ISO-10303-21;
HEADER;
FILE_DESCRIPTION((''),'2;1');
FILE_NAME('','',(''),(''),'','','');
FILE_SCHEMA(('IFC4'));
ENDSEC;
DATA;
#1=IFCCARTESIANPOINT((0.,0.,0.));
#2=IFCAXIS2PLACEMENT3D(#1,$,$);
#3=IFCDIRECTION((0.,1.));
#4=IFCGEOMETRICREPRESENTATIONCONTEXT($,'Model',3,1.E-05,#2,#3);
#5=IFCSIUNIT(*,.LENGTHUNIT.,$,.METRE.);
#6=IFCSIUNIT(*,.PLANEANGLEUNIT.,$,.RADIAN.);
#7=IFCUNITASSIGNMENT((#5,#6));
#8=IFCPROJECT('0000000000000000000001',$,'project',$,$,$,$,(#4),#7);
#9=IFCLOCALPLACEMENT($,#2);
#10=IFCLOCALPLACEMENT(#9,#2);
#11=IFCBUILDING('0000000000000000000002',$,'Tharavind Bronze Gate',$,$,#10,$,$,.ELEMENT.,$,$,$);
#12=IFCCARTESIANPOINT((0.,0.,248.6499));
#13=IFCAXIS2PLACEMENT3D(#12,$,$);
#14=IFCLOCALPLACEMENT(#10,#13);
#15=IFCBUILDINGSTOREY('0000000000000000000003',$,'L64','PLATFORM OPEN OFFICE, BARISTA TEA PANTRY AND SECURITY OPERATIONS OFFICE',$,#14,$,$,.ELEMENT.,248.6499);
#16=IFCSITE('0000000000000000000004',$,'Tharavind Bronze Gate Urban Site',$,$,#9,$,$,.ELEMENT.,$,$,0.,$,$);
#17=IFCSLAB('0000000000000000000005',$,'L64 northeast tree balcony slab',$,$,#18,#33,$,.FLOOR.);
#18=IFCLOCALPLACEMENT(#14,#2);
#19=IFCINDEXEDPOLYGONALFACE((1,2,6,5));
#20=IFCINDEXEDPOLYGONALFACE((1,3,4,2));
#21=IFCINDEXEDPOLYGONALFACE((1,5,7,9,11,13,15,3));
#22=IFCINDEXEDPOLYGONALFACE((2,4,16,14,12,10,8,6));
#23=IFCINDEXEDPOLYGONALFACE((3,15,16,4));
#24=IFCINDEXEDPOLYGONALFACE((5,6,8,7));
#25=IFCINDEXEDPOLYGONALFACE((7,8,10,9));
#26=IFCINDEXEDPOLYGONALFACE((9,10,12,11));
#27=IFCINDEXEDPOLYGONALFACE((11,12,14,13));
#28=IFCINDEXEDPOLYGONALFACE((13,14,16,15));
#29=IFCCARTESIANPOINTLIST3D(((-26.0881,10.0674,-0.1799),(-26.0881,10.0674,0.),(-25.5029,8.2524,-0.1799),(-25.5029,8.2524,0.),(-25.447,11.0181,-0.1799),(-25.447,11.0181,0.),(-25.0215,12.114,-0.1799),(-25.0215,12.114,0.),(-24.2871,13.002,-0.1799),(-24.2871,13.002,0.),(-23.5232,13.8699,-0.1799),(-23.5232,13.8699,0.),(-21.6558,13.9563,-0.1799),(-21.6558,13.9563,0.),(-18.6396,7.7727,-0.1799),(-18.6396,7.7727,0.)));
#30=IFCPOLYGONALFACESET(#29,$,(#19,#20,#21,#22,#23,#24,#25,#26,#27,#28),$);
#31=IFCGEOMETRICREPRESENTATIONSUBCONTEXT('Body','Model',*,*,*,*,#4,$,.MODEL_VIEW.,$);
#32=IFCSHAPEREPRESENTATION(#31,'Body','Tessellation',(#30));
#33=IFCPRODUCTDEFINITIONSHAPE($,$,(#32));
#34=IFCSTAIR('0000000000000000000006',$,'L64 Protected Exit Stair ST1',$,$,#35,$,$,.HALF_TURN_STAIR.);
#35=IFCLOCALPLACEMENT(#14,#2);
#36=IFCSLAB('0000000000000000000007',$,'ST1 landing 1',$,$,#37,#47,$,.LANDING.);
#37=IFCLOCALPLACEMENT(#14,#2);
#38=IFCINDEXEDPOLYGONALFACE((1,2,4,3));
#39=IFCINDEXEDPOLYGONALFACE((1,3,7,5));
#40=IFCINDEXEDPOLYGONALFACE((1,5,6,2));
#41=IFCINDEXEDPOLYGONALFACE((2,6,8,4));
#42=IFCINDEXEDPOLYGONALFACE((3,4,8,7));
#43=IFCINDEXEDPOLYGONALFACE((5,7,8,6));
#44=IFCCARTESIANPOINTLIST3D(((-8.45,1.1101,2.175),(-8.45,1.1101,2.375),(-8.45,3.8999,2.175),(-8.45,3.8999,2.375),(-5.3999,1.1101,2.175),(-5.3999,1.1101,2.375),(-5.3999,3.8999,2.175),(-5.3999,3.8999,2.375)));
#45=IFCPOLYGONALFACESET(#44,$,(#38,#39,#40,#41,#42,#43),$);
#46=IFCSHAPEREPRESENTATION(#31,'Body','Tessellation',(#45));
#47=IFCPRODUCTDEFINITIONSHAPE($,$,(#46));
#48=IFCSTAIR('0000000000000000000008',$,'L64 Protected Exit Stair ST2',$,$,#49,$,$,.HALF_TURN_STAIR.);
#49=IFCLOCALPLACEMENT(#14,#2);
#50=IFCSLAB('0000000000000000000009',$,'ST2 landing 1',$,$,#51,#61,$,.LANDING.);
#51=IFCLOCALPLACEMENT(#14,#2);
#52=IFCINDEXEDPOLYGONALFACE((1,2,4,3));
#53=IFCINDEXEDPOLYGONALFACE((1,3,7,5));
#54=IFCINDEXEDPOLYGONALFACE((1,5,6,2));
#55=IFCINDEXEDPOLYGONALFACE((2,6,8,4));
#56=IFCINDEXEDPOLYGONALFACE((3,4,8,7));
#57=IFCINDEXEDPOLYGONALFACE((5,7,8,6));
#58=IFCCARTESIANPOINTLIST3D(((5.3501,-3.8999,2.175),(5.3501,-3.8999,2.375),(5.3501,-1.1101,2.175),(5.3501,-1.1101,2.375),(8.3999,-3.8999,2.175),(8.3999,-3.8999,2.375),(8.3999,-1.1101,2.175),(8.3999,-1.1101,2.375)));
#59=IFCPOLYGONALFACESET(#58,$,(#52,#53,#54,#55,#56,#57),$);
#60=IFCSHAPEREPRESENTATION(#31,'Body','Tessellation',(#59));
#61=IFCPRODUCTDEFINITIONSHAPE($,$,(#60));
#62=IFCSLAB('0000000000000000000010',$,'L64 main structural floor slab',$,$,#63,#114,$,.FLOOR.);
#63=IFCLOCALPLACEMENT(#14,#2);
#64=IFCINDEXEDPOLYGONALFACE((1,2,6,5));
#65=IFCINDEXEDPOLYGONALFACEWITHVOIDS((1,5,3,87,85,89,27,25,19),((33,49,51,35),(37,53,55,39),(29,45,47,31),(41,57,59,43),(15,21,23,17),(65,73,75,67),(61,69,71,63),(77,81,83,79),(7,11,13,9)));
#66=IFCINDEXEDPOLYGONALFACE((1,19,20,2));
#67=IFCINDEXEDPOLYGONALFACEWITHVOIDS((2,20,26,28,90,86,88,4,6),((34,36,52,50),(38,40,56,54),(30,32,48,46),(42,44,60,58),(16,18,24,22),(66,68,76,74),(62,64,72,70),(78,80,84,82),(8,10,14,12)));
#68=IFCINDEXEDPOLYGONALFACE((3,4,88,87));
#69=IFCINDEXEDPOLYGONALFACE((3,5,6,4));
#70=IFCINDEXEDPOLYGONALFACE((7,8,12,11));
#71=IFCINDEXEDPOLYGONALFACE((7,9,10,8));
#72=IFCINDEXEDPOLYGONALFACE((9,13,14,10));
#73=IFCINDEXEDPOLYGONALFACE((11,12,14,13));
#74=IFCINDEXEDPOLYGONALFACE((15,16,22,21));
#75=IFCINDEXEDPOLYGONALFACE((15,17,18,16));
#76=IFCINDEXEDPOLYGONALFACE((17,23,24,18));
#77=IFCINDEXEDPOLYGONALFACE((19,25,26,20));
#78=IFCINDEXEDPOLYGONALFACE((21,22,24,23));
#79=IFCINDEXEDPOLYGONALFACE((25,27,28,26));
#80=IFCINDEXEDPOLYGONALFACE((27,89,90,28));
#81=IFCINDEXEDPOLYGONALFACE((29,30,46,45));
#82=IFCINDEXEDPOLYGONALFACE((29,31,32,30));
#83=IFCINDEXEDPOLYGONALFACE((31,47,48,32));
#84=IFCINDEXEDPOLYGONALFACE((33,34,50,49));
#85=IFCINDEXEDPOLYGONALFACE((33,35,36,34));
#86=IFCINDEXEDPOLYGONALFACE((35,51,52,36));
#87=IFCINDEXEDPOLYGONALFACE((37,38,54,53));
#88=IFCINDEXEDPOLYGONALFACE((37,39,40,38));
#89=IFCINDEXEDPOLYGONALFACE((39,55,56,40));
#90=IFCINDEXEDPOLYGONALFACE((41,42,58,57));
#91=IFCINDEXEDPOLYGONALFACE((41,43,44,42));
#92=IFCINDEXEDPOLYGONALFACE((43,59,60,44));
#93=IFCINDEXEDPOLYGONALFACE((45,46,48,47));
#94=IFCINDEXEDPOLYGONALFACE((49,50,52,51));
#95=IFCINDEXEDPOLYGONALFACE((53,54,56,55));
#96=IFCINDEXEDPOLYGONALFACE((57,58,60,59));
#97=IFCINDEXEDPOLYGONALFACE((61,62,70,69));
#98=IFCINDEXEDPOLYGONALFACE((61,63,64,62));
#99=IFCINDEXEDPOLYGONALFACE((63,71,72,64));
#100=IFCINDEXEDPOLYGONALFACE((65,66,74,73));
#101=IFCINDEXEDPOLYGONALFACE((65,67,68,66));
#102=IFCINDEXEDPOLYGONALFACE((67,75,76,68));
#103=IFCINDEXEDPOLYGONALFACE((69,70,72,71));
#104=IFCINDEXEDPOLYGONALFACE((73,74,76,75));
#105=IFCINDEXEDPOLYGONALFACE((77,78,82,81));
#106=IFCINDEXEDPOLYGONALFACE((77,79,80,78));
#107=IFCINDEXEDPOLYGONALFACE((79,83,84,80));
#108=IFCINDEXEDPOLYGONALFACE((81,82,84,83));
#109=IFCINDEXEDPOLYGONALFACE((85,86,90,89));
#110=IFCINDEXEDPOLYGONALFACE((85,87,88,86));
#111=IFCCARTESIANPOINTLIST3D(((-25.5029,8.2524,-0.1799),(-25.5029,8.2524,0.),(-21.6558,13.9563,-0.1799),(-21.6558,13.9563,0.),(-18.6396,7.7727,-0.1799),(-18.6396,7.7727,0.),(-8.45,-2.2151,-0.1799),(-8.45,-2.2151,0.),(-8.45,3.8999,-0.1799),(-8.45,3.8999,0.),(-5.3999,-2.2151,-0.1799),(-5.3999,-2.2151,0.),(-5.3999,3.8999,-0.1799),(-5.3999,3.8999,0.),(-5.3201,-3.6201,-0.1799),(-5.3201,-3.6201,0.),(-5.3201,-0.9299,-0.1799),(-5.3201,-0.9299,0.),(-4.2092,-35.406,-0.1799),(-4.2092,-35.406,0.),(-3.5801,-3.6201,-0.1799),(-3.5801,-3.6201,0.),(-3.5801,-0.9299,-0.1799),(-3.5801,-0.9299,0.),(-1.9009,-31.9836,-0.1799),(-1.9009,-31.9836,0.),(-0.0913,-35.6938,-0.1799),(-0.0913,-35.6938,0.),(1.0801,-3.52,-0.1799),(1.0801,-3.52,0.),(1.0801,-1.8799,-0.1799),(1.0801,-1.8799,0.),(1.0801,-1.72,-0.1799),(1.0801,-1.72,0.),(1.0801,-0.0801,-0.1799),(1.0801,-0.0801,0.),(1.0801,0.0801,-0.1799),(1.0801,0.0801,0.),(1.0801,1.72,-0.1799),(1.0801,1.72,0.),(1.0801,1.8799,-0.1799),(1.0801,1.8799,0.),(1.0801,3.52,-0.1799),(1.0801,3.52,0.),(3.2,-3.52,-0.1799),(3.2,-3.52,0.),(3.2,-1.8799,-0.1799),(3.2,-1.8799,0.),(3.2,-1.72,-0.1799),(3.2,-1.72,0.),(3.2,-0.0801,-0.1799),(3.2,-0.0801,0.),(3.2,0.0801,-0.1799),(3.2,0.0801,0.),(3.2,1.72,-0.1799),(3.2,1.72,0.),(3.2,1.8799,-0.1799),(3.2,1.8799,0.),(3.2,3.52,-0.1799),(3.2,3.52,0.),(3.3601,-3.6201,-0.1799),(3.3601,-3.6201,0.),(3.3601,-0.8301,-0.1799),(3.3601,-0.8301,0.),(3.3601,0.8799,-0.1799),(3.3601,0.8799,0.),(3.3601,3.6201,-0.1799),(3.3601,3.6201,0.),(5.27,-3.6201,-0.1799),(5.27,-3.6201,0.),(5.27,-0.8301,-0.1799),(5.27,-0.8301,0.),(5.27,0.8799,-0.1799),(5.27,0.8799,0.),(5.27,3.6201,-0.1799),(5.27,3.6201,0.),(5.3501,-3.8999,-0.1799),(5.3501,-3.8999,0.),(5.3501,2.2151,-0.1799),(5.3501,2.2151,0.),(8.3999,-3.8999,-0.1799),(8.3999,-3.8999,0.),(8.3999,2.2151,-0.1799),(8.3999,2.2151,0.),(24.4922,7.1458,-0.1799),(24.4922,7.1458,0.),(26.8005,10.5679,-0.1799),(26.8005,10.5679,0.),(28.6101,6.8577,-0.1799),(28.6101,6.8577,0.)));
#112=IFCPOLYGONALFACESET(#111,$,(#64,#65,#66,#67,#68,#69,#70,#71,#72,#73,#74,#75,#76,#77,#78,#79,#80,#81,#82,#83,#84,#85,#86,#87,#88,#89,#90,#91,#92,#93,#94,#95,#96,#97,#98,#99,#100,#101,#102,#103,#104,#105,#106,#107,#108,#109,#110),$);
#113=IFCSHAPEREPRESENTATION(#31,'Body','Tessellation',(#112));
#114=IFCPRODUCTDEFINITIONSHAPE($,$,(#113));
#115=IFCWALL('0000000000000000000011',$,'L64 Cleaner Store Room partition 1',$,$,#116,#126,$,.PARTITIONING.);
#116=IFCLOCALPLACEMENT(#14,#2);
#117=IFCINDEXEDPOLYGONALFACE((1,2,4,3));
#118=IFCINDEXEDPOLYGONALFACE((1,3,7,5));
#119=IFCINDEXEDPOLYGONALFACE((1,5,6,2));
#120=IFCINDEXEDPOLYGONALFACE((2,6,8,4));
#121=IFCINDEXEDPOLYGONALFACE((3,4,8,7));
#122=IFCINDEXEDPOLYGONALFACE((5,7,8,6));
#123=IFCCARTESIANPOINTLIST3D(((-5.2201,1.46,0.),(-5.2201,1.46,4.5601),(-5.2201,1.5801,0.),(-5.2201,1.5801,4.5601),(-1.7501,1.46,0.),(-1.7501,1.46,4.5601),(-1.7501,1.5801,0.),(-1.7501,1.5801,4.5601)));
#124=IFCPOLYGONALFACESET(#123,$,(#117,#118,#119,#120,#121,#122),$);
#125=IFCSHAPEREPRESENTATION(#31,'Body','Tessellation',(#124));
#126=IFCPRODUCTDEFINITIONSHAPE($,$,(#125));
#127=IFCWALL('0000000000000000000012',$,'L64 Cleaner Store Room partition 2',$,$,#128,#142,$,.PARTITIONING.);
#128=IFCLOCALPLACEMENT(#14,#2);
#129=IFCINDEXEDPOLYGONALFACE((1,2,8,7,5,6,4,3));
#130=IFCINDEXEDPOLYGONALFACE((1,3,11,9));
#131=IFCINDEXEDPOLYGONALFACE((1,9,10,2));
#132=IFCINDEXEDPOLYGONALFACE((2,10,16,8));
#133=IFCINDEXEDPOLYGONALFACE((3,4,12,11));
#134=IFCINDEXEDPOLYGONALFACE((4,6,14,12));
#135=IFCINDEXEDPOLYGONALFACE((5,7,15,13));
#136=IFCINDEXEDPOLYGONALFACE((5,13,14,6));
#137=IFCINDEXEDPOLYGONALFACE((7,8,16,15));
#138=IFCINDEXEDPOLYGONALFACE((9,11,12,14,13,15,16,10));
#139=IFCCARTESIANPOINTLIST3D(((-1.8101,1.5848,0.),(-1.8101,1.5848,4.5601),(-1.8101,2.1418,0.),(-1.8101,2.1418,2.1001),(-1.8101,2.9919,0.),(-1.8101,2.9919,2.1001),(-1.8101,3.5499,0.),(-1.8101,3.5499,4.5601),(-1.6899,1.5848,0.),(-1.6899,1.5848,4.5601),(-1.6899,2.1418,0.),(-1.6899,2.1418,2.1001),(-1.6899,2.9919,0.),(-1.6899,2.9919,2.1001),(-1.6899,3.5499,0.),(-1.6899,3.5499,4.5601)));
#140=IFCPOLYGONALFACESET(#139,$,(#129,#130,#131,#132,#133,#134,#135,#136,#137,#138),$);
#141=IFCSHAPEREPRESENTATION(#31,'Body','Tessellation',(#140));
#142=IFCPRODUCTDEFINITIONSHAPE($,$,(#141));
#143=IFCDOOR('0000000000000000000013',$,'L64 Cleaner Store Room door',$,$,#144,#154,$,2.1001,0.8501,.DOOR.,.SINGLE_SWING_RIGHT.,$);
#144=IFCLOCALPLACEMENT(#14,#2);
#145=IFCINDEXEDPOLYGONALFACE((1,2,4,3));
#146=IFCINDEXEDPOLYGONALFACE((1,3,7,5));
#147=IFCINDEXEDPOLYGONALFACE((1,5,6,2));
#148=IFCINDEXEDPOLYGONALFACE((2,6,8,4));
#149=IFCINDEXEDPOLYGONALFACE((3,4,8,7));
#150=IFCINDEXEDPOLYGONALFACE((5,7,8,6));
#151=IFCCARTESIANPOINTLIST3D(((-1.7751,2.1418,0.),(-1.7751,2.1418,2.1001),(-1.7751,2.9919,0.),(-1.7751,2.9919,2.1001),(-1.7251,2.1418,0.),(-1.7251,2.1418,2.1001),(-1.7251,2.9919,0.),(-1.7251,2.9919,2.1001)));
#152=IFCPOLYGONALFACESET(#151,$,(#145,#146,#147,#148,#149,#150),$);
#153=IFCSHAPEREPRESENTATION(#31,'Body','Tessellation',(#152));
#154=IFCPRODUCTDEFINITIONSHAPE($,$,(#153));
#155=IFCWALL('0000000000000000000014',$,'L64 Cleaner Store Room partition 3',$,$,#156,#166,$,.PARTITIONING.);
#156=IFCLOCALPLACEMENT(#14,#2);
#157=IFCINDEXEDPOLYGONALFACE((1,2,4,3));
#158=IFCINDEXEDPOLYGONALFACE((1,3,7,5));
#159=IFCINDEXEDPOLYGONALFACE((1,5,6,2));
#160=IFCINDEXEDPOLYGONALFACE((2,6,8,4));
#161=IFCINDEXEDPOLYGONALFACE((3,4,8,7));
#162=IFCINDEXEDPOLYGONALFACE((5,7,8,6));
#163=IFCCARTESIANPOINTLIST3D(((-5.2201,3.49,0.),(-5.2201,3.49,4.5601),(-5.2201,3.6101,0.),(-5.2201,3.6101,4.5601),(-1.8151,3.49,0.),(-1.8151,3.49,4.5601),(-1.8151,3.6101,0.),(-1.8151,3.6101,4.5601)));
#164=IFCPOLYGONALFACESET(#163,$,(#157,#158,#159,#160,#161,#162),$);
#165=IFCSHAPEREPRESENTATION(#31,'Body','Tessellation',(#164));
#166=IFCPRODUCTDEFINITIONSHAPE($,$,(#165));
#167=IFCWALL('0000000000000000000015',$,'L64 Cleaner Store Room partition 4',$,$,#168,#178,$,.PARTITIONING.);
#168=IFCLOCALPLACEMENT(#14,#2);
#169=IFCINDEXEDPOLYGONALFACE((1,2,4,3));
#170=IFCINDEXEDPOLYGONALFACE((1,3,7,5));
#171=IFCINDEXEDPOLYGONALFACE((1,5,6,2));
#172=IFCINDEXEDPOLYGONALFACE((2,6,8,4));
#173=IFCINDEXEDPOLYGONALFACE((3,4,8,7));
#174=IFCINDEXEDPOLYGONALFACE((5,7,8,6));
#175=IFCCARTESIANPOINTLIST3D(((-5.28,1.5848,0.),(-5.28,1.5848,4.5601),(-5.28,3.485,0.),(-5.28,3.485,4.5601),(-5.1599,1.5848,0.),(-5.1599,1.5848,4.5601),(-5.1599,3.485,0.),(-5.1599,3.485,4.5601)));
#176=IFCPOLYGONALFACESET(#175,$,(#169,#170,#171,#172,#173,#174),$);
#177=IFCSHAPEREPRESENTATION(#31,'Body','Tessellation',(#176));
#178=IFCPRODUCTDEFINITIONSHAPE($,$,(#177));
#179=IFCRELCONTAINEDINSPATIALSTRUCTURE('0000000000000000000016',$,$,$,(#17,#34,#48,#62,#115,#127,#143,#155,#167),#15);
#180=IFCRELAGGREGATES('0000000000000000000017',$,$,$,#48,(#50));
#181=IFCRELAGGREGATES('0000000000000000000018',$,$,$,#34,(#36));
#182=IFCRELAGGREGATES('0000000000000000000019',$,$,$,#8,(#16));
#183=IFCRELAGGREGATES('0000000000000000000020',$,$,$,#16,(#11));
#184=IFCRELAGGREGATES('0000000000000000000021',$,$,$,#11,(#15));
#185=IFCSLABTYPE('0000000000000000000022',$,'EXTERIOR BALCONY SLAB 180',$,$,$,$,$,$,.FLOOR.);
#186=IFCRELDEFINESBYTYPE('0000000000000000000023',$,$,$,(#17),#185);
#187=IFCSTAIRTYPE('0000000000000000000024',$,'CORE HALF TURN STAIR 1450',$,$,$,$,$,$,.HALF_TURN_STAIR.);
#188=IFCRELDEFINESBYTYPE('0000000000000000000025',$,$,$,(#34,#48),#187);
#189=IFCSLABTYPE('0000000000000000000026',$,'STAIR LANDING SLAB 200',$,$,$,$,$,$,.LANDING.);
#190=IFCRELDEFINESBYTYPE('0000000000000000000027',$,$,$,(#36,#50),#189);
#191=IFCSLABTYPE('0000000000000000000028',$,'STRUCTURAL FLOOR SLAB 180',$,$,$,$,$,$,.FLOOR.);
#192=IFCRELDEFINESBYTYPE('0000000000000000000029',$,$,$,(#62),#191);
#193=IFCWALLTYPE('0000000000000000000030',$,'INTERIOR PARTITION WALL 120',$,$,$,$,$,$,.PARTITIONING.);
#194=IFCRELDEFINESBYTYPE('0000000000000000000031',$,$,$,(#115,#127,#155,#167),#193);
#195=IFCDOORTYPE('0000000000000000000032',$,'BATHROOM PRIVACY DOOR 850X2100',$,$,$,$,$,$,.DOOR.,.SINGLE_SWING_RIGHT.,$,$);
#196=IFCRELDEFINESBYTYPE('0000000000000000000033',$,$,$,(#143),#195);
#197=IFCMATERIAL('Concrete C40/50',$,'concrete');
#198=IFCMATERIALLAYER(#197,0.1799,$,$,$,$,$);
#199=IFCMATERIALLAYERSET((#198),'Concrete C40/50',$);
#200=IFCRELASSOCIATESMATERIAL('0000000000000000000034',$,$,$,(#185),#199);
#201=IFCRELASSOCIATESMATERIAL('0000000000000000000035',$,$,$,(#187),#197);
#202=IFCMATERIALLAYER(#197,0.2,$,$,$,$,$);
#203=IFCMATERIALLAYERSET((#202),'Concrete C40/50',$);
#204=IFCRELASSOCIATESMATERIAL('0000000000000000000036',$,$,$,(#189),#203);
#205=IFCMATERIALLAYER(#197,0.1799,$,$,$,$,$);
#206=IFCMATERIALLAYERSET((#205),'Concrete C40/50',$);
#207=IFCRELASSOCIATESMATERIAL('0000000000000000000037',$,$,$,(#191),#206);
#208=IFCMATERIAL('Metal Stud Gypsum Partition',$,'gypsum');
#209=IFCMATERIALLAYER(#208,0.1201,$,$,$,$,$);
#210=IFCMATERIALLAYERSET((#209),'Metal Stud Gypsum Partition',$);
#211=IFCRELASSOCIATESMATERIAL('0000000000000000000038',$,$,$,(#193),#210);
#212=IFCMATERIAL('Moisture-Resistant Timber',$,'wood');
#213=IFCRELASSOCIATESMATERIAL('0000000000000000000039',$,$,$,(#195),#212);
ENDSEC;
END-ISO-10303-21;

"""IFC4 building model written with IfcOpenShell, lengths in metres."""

from ifc_helpers import new_model, si_unit, direction, frame, frame_2d, origin, place, context, subcontext, project, spatial, polyline, rectangle, outline, extrude, material, layer, layer_set, type_object, element, fill, aggregate, save


model = new_model("IFC4")

# Units and contexts
model_context = context("Model", 3, precision=1e-05, world=origin(), true_north=direction((0.0, 1.0)))
body_context = subcontext(model_context, "Body", "Model", "MODEL_VIEW")
ifc_project = project(units=[si_unit("LENGTHUNIT", "METRE"), si_unit("PLANEANGLEUNIT", "RADIAN")], contexts=[model_context])

# Site, building, storey
site_placement = place(None, origin())
site = spatial("IfcSite", under=ifc_project, at=site_placement, Name="Tharavind Bronze Gate Urban Site", CompositionType="ELEMENT", RefElevation=0.0)
building_placement = place(site_placement, origin())
building = spatial("IfcBuilding", under=site, at=building_placement, Name="Tharavind Bronze Gate", CompositionType="ELEMENT")
storey_placement = place(building_placement, frame((0.0, 0.0, 248.6499)))
storey = spatial("IfcBuildingStorey", under=building, at=storey_placement, Name="L64", Description="PLATFORM OPEN OFFICE, BARISTA TEA PANTRY AND SECURITY OPERATIONS OFFICE", CompositionType="ELEMENT", Elevation=248.6499)

# Slab
ifc_material_1 = material(Name="Concrete C40/50", Category="concrete")
ifc_layer_1 = layer(ifc_material_1, 0.1799)
ifc_layer_set_1 = layer_set([ifc_layer_1], Name="Concrete C40/50")
slab_type_1 = type_object("IfcSlabType", Name="EXTERIOR BALCONY SLAB 180", PredefinedType="FLOOR", material=ifc_layer_set_1)
slab_1_placement = place(storey_placement, frame((0.0, 0.0, -0.1799)))
element("IfcSlab", 1, at=slab_1_placement, inside=storey, type_object=slab_type_1, Name="L64 northeast tree balcony slab", PredefinedType="FLOOR", context=body_context, shape_type="SweptSolid", body=[
    extrude(outline(polyline([(-23.5232, 13.8699), (-24.2871, 13.002), (-25.0215, 12.114), (-25.447, 11.0181), (-26.0881, 10.0674), (-25.5029, 8.2524), (-18.6396, 7.7727), (-21.6558, 13.9563), (-23.5232, 13.8699)])), origin(), (0.0, 0.0, 1.0), 0.1799),
])

# Stairs, slabs
stair_type = type_object("IfcStairType", Name="CORE HALF TURN STAIR 1450", PredefinedType="HALF_TURN_STAIR", material=ifc_material_1)
stair_1_placement = place(storey_placement, origin())
stair_1 = element("IfcStair", 2, at=stair_1_placement, inside=storey, type_object=stair_type, Name="L64 Protected Exit Stair ST1", PredefinedType="HALF_TURN_STAIR")
ifc_layer_2 = layer(ifc_material_1, 0.2)
ifc_layer_set_2 = layer_set([ifc_layer_2], Name="Concrete C40/50")
slab_type_2 = type_object("IfcSlabType", Name="STAIR LANDING SLAB 200", PredefinedType="LANDING", material=ifc_layer_set_2)
slab_2_placement = place(storey_placement, frame((0.0, 0.0, 2.175)))
slab_2 = element("IfcSlab", 3, at=slab_2_placement, type_object=slab_type_2, Name="ST1 landing 1", PredefinedType="LANDING", context=body_context, shape_type="SweptSolid", body=[
    extrude(outline(polyline([(-5.3999, 1.1101), (-5.3999, 3.8999), (-8.45, 3.8999), (-8.45, 1.1101), (-5.3999, 1.1101)])), origin(), (0.0, 0.0, 1.0), 0.2),
])
stair_2_placement = place(storey_placement, origin())
stair_2 = element("IfcStair", 4, at=stair_2_placement, inside=storey, type_object=stair_type, Name="L64 Protected Exit Stair ST2", PredefinedType="HALF_TURN_STAIR")
slab_3_placement = place(storey_placement, frame((0.0, 0.0, 2.175)))
slab_3 = element("IfcSlab", 5, at=slab_3_placement, type_object=slab_type_2, Name="ST2 landing 1", PredefinedType="LANDING", context=body_context, shape_type="SweptSolid", body=[
    extrude(outline(polyline([(5.3501, -1.1101), (5.3501, -3.8999), (8.3999, -3.8999), (8.3999, -1.1101), (5.3501, -1.1101)])), origin(), (0.0, 0.0, 1.0), 0.2),
])
aggregate(stair_2, [slab_3])

# Slab
ifc_layer_3 = layer(ifc_material_1, 0.1799)
ifc_layer_set_3 = layer_set([ifc_layer_3], Name="Concrete C40/50")
slab_type_3 = type_object("IfcSlabType", Name="STRUCTURAL FLOOR SLAB 180", PredefinedType="FLOOR", material=ifc_layer_set_3)
slab_4_placement = place(storey_placement, frame((0.0, 0.0, -0.1799)))
element("IfcSlab", 6, at=slab_4_placement, inside=storey, type_object=slab_type_3, Name="L64 main structural floor slab", PredefinedType="FLOOR", context=body_context, shape_type="SweptSolid", body=[
    extrude(outline(polyline([(-21.6558, 13.9563), (-18.6396, 7.7727), (-25.5029, 8.2524), (-4.2092, -35.406), (-1.9009, -31.9836), (-0.0913, -35.6938), (28.6101, 6.8577), (24.4922, 7.1458), (26.8005, 10.5679), (-21.6558, 13.9563)]), holes=[polyline([(-5.3999, -2.2151), (-5.3999, 3.8999), (-8.45, 3.8999), (-8.45, -2.2151), (-5.3999, -2.2151)]), polyline([(5.3501, 2.2151), (5.3501, -3.8999), (8.3999, -3.8999), (8.3999, 2.2151), (5.3501, 2.2151)]), polyline([(1.0801, -3.52), (3.2, -3.52), (3.2, -1.8799), (1.0801, -1.8799), (1.0801, -3.52)]), polyline([(1.0801, -1.72), (3.2, -1.72), (3.2, -0.0801), (1.0801, -0.0801), (1.0801, -1.72)]), polyline([(1.0801, 0.0801), (3.2, 0.0801), (3.2, 1.72), (1.0801, 1.72), (1.0801, 0.0801)]), polyline([(1.0801, 1.8799), (3.2, 1.8799), (3.2, 3.52), (1.0801, 3.52), (1.0801, 1.8799)]), polyline([(-5.3201, -3.6201), (-3.5801, -3.6201), (-3.5801, -0.9299), (-5.3201, -0.9299), (-5.3201, -3.6201)]), polyline([(3.3601, 0.8799), (5.27, 0.8799), (5.27, 3.6201), (3.3601, 3.6201), (3.3601, 0.8799)]), polyline([(3.3601, -3.6201), (5.27, -3.6201), (5.27, -0.8301), (3.3601, -0.8301), (3.3601, -3.6201)])]), origin(), (0.0, 0.0, 1.0), 0.1799),
])

# Wall
ifc_material_2 = material(Name="Metal Stud Gypsum Partition", Category="gypsum")
ifc_layer_4 = layer(ifc_material_2, 0.1201)
ifc_layer_set_4 = layer_set([ifc_layer_4], Name="Metal Stud Gypsum Partition")
wall_type_1 = type_object("IfcWallType", Name="INTERIOR PARTITION WALL 120", PredefinedType="PARTITIONING", material=ifc_layer_set_4)
wall_1_placement = place(storey_placement, frame((-5.22, 1.52, 0.0), z_axis=(0.0, 0.0, 1.0), x_axis=(1.0, 0.0, 0.0)))
element("IfcWall", 7, at=wall_1_placement, inside=storey, type_object=wall_type_1, Name="L64 Cleaner Store Room partition 1", PredefinedType="PARTITIONING", context=body_context, shape_type="SweptSolid", body=[
    extrude(rectangle(XDim=3.47, YDim=0.1201, at=frame_2d((1.7349, 0.0))), origin(), (0.0, 0.0, 1.0), 4.5601),
])

# Wall, opening, door
wall_2_placement = place(storey_placement, frame((-1.75, 1.585, 0.0), z_axis=(0.0, 0.0, 1.0), x_axis=(0.0, 1.0, 0.0)))
wall_2 = element("IfcWall", 8, at=wall_2_placement, inside=storey, type_object=wall_type_1, Name="L64 Cleaner Store Room partition 2", PredefinedType="PARTITIONING", context=body_context, shape_type="SweptSolid", body=[
    extrude(rectangle(XDim=1.9651, YDim=0.1201, at=frame_2d((0.9824, 0.0))), origin(), (0.0, 0.0, 1.0), 4.5601),
])
opening_placement = place(wall_2_placement, frame((0.5569, 0.0, 0.0)))
opening = element("IfcOpeningElement", 9, at=opening_placement, cuts=wall_2, PredefinedType="OPENING", context=body_context, shape_type="SweptSolid", body=[
    extrude(rectangle(XDim=0.8501, YDim=2.1001, at=frame_2d((0.425, 1.05))), frame((0.0, 0.0701, 0.0), z_axis=(0.0, -1.0, 0.0), x_axis=(1.0, 0.0, 0.0)), (0.0, 0.0, 1.0), 0.1401),
])
ifc_material_3 = material(Name="Moisture-Resistant Timber", Category="wood")
door_type = type_object("IfcDoorType", Name="BATHROOM PRIVACY DOOR 850X2100", OperationType="SINGLE_SWING_RIGHT", PredefinedType="DOOR", material=ifc_material_3)
door_placement = place(opening_placement, frame((0.8501, 0.0, 0.0), z_axis=(0.0, 0.0, 1.0), x_axis=(-1.0, 0.0, 0.0)))
door = element("IfcDoor", 10, at=door_placement, inside=storey, type_object=door_type, Name="L64 Cleaner Store Room door", OperationType="SINGLE_SWING_RIGHT", OverallHeight=2.1001, OverallWidth=0.8501, PredefinedType="DOOR", context=body_context, shape_type="SweptSolid", body=[
    extrude(rectangle(XDim=0.8501, YDim=2.1001, at=frame_2d((0.425, 1.05))), frame((0.0, 0.0249, 0.0), z_axis=(0.0, -1.0, 0.0), x_axis=(1.0, 0.0, 0.0)), (0.0, 0.0, 1.0), 0.05),
])
fill(opening, door)

# Walls
wall_3_placement = place(storey_placement, frame((-1.8149, 3.55, 0.0), z_axis=(0.0, 0.0, 1.0), x_axis=(-1.0, 0.0, 0.0)))
element("IfcWall", 11, at=wall_3_placement, inside=storey, type_object=wall_type_1, Name="L64 Cleaner Store Room partition 3", PredefinedType="PARTITIONING", context=body_context, shape_type="SweptSolid", body=[
    extrude(rectangle(XDim=3.405, YDim=0.1201, at=frame_2d((1.7026, 0.0))), origin(), (0.0, 0.0, 1.0), 4.5601),
])
wall_4_placement = place(storey_placement, frame((-5.22, 3.4851, 0.0), z_axis=(0.0, 0.0, 1.0), x_axis=(0.0, -1.0, 0.0)))
element("IfcWall", 12, at=wall_4_placement, inside=storey, type_object=wall_type_1, Name="L64 Cleaner Store Room partition 4", PredefinedType="PARTITIONING", context=body_context, shape_type="SweptSolid", body=[
    extrude(rectangle(XDim=1.9001, YDim=0.1201, at=frame_2d((0.9502, 0.0))), origin(), (0.0, 0.0, 1.0), 4.5601),
])

aggregate(stair_1, [slab_2])

save(model, "model.ifc")
